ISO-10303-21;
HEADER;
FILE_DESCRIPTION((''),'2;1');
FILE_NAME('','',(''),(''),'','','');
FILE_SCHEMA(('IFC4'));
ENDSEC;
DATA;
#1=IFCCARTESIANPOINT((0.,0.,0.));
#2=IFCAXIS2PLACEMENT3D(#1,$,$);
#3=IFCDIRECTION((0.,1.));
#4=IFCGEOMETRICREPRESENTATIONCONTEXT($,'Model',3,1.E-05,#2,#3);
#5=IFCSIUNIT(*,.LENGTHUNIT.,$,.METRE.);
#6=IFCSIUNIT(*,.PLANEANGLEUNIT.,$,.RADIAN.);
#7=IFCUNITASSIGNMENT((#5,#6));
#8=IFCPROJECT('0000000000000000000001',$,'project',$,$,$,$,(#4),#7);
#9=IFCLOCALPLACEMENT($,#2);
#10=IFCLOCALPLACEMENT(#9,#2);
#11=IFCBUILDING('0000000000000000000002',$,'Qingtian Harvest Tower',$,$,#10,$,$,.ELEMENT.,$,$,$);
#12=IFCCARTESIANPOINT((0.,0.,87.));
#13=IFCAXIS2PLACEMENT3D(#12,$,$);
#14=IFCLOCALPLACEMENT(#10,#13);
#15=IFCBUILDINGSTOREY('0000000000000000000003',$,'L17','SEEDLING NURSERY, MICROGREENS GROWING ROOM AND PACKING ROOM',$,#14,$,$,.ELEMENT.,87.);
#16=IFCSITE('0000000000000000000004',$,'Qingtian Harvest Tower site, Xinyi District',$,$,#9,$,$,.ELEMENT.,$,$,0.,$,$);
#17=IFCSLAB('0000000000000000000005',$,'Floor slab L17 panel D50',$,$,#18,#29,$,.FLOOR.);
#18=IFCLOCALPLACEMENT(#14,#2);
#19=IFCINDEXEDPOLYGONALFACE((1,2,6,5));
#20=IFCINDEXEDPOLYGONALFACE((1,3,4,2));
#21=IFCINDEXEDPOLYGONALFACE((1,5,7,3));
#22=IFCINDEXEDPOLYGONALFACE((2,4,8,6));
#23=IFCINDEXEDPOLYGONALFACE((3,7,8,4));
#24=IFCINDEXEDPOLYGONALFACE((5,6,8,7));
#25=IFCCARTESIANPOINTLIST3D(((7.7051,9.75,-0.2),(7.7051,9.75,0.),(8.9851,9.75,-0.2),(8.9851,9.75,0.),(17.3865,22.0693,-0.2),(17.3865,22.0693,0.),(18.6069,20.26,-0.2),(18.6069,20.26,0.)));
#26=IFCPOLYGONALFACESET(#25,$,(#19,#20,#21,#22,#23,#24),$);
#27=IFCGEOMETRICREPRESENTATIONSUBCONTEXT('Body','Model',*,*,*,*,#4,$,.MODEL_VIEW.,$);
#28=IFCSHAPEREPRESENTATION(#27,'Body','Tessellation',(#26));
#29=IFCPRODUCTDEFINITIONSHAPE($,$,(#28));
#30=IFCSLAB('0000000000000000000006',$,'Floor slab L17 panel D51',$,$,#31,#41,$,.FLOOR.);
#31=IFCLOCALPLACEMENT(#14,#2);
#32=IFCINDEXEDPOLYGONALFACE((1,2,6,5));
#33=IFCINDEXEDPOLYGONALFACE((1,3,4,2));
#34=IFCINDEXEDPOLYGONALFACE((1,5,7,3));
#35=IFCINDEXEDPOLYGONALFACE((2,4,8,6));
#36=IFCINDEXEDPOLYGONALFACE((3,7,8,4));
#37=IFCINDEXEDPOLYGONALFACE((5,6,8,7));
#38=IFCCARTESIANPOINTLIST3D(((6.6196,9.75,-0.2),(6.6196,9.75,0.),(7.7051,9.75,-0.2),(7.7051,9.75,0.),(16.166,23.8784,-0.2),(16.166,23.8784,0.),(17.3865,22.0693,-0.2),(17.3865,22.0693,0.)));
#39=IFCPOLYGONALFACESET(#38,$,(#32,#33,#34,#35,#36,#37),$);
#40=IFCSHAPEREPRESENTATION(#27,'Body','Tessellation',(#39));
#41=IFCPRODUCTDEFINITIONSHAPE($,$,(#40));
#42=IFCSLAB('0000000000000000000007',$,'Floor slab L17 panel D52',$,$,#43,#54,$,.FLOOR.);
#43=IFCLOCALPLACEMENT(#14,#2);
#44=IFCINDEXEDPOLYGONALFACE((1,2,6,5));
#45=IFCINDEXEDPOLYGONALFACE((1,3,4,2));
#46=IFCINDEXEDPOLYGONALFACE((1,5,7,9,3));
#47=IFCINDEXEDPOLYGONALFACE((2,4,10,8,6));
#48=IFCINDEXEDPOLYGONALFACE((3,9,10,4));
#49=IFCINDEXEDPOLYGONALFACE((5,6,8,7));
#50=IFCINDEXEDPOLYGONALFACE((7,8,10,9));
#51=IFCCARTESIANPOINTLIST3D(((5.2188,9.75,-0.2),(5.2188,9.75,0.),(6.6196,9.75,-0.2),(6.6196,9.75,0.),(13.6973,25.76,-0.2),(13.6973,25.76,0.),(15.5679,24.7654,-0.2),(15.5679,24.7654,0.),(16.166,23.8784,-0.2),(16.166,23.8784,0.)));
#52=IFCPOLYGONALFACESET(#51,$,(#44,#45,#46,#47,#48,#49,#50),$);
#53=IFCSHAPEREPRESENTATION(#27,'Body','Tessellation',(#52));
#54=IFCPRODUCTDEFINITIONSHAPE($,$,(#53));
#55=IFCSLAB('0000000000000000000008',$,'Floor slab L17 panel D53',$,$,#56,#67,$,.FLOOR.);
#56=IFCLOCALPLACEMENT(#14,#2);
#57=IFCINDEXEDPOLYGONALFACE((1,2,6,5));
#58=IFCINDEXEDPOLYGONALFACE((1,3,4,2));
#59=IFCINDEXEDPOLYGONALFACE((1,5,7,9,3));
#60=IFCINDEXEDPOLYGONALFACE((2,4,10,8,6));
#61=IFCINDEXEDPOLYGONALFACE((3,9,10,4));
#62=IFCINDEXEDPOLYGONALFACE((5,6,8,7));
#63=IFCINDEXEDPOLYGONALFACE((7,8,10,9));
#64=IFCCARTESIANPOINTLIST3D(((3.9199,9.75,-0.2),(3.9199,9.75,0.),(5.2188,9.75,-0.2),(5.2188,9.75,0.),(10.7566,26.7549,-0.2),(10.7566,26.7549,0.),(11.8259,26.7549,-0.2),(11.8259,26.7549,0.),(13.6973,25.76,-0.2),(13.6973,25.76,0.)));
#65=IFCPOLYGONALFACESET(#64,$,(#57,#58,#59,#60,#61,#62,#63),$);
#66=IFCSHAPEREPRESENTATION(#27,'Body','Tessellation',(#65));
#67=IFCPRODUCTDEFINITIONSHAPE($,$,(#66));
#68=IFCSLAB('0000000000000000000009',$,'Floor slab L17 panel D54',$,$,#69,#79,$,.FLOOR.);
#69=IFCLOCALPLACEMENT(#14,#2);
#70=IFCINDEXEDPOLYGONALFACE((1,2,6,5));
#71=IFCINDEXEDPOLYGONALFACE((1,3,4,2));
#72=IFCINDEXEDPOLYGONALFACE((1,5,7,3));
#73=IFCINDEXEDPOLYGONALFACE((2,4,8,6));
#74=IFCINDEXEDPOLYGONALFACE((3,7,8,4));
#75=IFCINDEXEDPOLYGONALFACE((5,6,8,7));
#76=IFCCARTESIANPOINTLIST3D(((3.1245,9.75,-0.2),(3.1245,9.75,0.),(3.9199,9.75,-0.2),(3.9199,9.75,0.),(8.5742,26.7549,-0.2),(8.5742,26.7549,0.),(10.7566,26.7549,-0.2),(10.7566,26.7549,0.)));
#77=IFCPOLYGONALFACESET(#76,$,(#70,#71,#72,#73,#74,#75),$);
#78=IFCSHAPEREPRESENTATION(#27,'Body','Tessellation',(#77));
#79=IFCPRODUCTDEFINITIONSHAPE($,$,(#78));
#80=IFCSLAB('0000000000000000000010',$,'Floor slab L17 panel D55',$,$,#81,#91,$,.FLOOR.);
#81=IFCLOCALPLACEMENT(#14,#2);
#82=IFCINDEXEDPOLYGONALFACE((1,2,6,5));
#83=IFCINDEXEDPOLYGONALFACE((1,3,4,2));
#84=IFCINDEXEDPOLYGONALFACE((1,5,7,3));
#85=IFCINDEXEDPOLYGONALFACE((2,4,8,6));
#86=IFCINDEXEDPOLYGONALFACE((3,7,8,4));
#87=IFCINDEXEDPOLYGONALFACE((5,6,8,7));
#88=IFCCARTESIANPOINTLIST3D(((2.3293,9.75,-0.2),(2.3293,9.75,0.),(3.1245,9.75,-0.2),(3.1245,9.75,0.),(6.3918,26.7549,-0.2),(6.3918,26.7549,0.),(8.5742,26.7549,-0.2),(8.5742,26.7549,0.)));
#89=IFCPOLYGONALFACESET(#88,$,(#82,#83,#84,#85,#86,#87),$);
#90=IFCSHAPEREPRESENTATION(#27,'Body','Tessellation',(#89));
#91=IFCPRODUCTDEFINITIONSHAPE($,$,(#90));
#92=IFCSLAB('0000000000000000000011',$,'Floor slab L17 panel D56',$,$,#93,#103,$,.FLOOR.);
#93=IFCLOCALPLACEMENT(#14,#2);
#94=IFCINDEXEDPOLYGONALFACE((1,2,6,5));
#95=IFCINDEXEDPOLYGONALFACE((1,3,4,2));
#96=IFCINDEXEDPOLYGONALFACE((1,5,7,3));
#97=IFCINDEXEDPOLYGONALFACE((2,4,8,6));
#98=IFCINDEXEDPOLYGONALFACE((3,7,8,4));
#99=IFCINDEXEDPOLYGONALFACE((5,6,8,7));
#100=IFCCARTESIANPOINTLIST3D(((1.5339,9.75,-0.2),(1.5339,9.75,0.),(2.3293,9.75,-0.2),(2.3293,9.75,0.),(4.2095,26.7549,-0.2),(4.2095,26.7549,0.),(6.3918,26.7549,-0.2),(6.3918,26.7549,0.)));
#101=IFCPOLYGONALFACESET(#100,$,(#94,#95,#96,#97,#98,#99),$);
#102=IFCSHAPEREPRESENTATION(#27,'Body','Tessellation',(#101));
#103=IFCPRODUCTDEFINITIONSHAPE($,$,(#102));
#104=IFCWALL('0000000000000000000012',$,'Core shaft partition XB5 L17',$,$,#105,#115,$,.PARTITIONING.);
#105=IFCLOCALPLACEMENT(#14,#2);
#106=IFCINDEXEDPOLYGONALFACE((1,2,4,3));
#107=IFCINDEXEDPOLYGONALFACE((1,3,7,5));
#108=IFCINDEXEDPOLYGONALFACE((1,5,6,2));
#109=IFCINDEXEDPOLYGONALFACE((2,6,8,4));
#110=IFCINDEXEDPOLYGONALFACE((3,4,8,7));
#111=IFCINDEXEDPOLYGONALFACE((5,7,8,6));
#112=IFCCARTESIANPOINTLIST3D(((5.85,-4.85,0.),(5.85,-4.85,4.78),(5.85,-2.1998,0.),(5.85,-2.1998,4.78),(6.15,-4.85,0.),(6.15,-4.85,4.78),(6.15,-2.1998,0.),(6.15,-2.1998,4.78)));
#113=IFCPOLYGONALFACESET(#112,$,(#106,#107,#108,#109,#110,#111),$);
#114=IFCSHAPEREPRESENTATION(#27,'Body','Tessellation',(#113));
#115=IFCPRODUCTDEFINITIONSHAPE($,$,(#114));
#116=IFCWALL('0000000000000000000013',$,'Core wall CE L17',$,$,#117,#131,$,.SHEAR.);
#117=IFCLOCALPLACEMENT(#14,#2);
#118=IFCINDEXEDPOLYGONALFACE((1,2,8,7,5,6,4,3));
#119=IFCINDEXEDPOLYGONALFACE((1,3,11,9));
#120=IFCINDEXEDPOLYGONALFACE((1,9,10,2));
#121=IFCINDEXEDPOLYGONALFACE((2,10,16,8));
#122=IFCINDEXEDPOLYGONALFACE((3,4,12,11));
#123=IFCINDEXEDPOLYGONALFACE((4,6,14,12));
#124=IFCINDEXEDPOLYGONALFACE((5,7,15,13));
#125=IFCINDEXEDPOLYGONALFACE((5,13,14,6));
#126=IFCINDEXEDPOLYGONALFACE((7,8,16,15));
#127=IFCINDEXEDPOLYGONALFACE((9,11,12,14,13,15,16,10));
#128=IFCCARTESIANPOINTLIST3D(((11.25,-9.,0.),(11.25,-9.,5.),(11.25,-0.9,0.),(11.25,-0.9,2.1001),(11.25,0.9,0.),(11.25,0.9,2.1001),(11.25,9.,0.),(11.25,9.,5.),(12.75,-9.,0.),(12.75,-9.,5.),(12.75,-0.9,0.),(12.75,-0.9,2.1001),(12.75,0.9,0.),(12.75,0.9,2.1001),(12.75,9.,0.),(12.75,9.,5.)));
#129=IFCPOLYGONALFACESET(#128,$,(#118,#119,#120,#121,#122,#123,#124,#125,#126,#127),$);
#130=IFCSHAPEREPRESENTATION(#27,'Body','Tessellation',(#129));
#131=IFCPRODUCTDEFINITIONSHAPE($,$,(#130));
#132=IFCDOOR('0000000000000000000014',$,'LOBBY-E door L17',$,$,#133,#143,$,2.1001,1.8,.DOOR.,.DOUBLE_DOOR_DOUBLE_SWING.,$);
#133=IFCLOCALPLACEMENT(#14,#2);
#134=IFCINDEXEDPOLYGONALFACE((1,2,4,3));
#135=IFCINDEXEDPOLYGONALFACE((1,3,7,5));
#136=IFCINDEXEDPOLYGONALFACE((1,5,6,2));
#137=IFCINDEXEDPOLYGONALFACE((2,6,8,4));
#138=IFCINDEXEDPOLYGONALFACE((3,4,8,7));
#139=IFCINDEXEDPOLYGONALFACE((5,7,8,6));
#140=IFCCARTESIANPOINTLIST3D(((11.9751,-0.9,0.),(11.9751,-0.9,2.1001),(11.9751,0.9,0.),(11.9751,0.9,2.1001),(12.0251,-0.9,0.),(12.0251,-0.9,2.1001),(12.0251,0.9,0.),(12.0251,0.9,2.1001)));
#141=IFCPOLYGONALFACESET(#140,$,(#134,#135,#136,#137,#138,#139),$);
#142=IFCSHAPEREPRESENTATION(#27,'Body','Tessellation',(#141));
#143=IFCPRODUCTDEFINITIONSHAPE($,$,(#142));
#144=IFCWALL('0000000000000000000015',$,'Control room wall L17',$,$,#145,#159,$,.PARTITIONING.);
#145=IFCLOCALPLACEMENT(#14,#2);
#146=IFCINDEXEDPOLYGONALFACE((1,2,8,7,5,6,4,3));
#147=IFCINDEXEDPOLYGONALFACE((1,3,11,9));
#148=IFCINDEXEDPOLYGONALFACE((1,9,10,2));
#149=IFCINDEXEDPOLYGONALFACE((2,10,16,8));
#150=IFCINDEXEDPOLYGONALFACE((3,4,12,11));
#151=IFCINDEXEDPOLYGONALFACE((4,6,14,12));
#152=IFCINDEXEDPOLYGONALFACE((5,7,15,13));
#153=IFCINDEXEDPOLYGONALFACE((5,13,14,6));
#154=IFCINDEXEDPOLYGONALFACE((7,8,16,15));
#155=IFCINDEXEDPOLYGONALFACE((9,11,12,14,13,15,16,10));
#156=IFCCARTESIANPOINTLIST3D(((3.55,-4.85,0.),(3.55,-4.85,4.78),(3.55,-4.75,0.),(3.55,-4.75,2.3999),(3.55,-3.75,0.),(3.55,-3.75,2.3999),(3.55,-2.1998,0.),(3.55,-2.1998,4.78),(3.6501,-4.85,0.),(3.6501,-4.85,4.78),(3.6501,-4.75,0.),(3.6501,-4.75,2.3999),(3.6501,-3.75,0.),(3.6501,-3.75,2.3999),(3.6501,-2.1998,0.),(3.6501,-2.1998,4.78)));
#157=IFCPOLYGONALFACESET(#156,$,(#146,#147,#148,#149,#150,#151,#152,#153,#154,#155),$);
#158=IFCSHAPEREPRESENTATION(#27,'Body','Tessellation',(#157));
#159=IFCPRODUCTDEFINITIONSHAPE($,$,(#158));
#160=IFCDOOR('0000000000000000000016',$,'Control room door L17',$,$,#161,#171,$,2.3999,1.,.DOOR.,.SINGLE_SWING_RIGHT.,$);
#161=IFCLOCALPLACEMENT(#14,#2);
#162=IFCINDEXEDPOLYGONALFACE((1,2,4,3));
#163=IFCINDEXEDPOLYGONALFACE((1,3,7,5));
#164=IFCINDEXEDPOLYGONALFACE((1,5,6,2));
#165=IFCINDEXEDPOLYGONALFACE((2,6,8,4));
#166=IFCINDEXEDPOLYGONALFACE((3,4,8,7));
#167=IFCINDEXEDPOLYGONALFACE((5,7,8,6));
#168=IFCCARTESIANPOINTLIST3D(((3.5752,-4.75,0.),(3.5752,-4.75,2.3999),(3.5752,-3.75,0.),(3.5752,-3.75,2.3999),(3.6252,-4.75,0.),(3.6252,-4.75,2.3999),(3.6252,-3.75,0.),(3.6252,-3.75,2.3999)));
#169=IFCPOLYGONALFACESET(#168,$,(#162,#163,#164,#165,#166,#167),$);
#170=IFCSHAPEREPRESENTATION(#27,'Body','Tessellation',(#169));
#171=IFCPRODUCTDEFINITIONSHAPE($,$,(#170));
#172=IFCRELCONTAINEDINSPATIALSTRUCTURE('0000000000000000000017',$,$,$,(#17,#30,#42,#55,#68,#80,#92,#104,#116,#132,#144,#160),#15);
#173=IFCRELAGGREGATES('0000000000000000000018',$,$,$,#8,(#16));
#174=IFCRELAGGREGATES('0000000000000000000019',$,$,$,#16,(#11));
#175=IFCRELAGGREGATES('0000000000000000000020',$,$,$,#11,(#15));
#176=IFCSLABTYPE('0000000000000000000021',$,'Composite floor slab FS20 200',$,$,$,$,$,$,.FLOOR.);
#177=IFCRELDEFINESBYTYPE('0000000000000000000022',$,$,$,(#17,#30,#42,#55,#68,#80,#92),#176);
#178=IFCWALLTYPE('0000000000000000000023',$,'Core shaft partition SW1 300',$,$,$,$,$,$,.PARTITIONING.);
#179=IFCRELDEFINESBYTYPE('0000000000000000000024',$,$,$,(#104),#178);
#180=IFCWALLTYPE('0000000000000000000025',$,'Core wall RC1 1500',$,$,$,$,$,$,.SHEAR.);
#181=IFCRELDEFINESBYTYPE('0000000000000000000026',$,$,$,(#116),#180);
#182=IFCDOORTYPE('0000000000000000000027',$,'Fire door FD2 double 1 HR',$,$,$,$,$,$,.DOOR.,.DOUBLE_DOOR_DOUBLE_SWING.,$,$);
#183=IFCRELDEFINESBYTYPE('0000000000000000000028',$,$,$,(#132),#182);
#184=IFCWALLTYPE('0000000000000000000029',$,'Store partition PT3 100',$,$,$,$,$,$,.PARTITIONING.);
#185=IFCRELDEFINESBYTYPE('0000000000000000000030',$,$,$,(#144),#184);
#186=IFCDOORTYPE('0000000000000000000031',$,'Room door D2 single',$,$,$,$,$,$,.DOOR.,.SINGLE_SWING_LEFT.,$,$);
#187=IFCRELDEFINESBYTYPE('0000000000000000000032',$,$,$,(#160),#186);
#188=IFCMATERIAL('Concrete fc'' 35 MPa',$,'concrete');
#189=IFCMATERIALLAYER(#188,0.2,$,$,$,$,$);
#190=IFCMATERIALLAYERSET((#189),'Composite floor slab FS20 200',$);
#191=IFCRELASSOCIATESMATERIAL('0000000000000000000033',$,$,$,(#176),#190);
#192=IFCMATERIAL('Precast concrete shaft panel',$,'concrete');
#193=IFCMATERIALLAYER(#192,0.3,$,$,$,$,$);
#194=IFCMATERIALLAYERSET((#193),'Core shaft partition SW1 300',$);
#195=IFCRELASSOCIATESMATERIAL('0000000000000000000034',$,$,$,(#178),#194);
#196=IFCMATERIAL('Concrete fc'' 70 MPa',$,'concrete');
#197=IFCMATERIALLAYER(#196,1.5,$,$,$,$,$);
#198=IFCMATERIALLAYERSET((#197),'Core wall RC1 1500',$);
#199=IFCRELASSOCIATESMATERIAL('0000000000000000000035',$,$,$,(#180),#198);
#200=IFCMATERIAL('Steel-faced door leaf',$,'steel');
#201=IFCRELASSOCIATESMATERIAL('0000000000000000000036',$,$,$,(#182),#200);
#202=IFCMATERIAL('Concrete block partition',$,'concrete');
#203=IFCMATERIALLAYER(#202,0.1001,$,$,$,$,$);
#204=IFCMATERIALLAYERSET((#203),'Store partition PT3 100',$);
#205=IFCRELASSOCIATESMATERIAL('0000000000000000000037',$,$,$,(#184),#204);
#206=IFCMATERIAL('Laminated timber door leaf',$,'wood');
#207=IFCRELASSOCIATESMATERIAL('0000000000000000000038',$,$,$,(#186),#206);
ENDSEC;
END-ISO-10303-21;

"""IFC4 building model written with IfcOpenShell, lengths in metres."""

from ifc_helpers import new_model, si_unit, direction, frame, frame_2d, origin, place, context, subcontext, project, spatial, polyline, rectangle, outline, extrude, material, layer, layer_set, type_object, element, fill, save


model = new_model("IFC4")

# Units and contexts
model_context = context("Model", 3, precision=1e-05, world=origin(), true_north=direction((0.0, 1.0)))
body_context = subcontext(model_context, "Body", "Model", "MODEL_VIEW")
ifc_project = project(units=[si_unit("LENGTHUNIT", "METRE"), si_unit("PLANEANGLEUNIT", "RADIAN")], contexts=[model_context])

# Site, building, storey
site_placement = place(None, origin())
site = spatial("IfcSite", under=ifc_project, at=site_placement, Name="Qingtian Harvest Tower site, Xinyi District", CompositionType="ELEMENT", RefElevation=0.0)
building_placement = place(site_placement, origin())
building = spatial("IfcBuilding", under=site, at=building_placement, Name="Qingtian Harvest Tower", CompositionType="ELEMENT")
storey_placement = place(building_placement, frame((0.0, 0.0, 87.0)))
storey = spatial("IfcBuildingStorey", under=building, at=storey_placement, Name="L17", Description="SEEDLING NURSERY, MICROGREENS GROWING ROOM AND PACKING ROOM", CompositionType="ELEMENT", Elevation=87.0)

# Slabs
ifc_material_1 = material(Name="Concrete fc' 35 MPa", Category="concrete")
ifc_layer_1 = layer(ifc_material_1, 0.2)
ifc_layer_set_1 = layer_set([ifc_layer_1], Name="Composite floor slab FS20 200")
slab_type = type_object("IfcSlabType", Name="Composite floor slab FS20 200", PredefinedType="FLOOR", material=ifc_layer_set_1)
slab_1_placement = place(storey_placement, frame((0.0, 0.0, -0.2)))
element("IfcSlab", 1, at=slab_1_placement, inside=storey, type_object=slab_type, Name="Floor slab L17 panel D50", PredefinedType="FLOOR", context=body_context, shape_type="SweptSolid", body=[
    extrude(outline(polyline([(7.7051, 9.75), (17.3865, 22.0693), (18.6069, 20.26), (8.9851, 9.75), (7.7051, 9.75)])), origin(), (0.0, 0.0, 1.0), 0.2),
])
slab_2_placement = place(storey_placement, frame((0.0, 0.0, -0.2)))
element("IfcSlab", 2, at=slab_2_placement, inside=storey, type_object=slab_type, Name="Floor slab L17 panel D51", PredefinedType="FLOOR", context=body_context, shape_type="SweptSolid", body=[
    extrude(outline(polyline([(6.6196, 9.75), (16.166, 23.8784), (17.3865, 22.0693), (7.7051, 9.75), (6.6196, 9.75)])), origin(), (0.0, 0.0, 1.0), 0.2),
])
slab_3_placement = place(storey_placement, frame((0.0, 0.0, -0.2)))
element("IfcSlab", 3, at=slab_3_placement, inside=storey, type_object=slab_type, Name="Floor slab L17 panel D52", PredefinedType="FLOOR", context=body_context, shape_type="SweptSolid", body=[
    extrude(outline(polyline([(6.6196, 9.75), (5.2188, 9.75), (13.6973, 25.76), (15.5679, 24.7654), (16.166, 23.8784), (6.6196, 9.75)])), origin(), (0.0, 0.0, 1.0), 0.2),
])
slab_4_placement = place(storey_placement, frame((0.0, 0.0, -0.2)))
element("IfcSlab", 4, at=slab_4_placement, inside=storey, type_object=slab_type, Name="Floor slab L17 panel D53", PredefinedType="FLOOR", context=body_context, shape_type="SweptSolid", body=[
    extrude(outline(polyline([(3.9199, 9.75), (10.7566, 26.7549), (11.8259, 26.7549), (13.6973, 25.76), (5.2188, 9.75), (3.9199, 9.75)])), origin(), (0.0, 0.0, 1.0), 0.2),
])
slab_5_placement = place(storey_placement, frame((0.0, 0.0, -0.2)))
element("IfcSlab", 5, at=slab_5_placement, inside=storey, type_object=slab_type, Name="Floor slab L17 panel D54", PredefinedType="FLOOR", context=body_context, shape_type="SweptSolid", body=[
    extrude(outline(polyline([(3.1245, 9.75), (8.5742, 26.7549), (10.7566, 26.7549), (3.9199, 9.75), (3.1245, 9.75)])), origin(), (0.0, 0.0, 1.0), 0.2),
])
slab_6_placement = place(storey_placement, frame((0.0, 0.0, -0.2)))
element("IfcSlab", 6, at=slab_6_placement, inside=storey, type_object=slab_type, Name="Floor slab L17 panel D55", PredefinedType="FLOOR", context=body_context, shape_type="SweptSolid", body=[
    extrude(outline(polyline([(2.3293, 9.75), (6.3918, 26.7549), (8.5742, 26.7549), (3.1245, 9.75), (2.3293, 9.75)])), origin(), (0.0, 0.0, 1.0), 0.2),
])
slab_7_placement = place(storey_placement, frame((0.0, 0.0, -0.2)))
element("IfcSlab", 7, at=slab_7_placement, inside=storey, type_object=slab_type, Name="Floor slab L17 panel D56", PredefinedType="FLOOR", context=body_context, shape_type="SweptSolid", body=[
    extrude(outline(polyline([(1.5339, 9.75), (4.2095, 26.7549), (6.3918, 26.7549), (2.3293, 9.75), (1.5339, 9.75)])), origin(), (0.0, 0.0, 1.0), 0.2),
])

# Wall
ifc_material_2 = material(Name="Precast concrete shaft panel", Category="concrete")
ifc_layer_2 = layer(ifc_material_2, 0.3)
ifc_layer_set_2 = layer_set([ifc_layer_2], Name="Core shaft partition SW1 300")
wall_type_1 = type_object("IfcWallType", Name="Core shaft partition SW1 300", PredefinedType="PARTITIONING", material=ifc_layer_set_2)
wall_1_placement = place(storey_placement, frame((6.0, -4.8501, 0.0), z_axis=(0.0, 0.0, 1.0), x_axis=(0.0, 1.0, 0.0)))
element("IfcWall", 8, at=wall_1_placement, inside=storey, type_object=wall_type_1, Name="Core shaft partition XB5 L17", PredefinedType="PARTITIONING", context=body_context, shape_type="SweptSolid", body=[
    extrude(rectangle(XDim=2.6501, YDim=0.3, at=frame_2d((1.3252, 0.0))), origin(), (0.0, 0.0, 1.0), 4.78),
])

# Walls, openings, doors
ifc_material_3 = material(Name="Concrete fc' 70 MPa", Category="concrete")
ifc_layer_3 = layer(ifc_material_3, 1.5)
ifc_layer_set_3 = layer_set([ifc_layer_3], Name="Core wall RC1 1500")
wall_type_2 = type_object("IfcWallType", Name="Core wall RC1 1500", PredefinedType="SHEAR", material=ifc_layer_set_3)
wall_2_placement = place(storey_placement, frame((12.0, -9.0, 0.0), z_axis=(0.0, 0.0, 1.0), x_axis=(0.0, 1.0, 0.0)))
wall_2 = element("IfcWall", 9, at=wall_2_placement, inside=storey, type_object=wall_type_2, Name="Core wall CE L17", PredefinedType="SHEAR", context=body_context, shape_type="SweptSolid", body=[
    extrude(rectangle(XDim=18.0, YDim=1.5, at=frame_2d((9.0, 0.0))), origin(), (0.0, 0.0, 1.0), 5.0),
])
opening_1_placement = place(wall_2_placement, frame((8.1001, 0.0, 0.0)))
opening_1 = element("IfcOpeningElement", 10, at=opening_1_placement, cuts=wall_2, PredefinedType="OPENING", context=body_context, shape_type="SweptSolid", body=[
    extrude(rectangle(XDim=1.8, YDim=2.1001, at=frame_2d((0.8999, 1.05))), frame((0.0, 0.76, 0.0), z_axis=(0.0, -1.0, 0.0), x_axis=(1.0, 0.0, 0.0)), (0.0, 0.0, 1.0), 1.52),
])
ifc_material_4 = material(Name="Steel-faced door leaf", Category="steel")
door_type_1 = type_object("IfcDoorType", Name="Fire door FD2 double 1 HR", OperationType="DOUBLE_DOOR_DOUBLE_SWING", PredefinedType="DOOR", material=ifc_material_4)
door_1_placement = place(opening_1_placement, origin())
door_1 = element("IfcDoor", 11, at=door_1_placement, inside=storey, type_object=door_type_1, Name="LOBBY-E door L17", OperationType="DOUBLE_DOOR_DOUBLE_SWING", OverallHeight=2.1001, OverallWidth=1.8, PredefinedType="DOOR", context=body_context, shape_type="SweptSolid", body=[
    extrude(rectangle(XDim=1.8, YDim=2.1001, at=frame_2d((0.8999, 1.05))), frame((0.0, 0.0249, 0.0), z_axis=(0.0, -1.0, 0.0), x_axis=(1.0, 0.0, 0.0)), (0.0, 0.0, 1.0), 0.05),
])
fill(opening_1, door_1)
ifc_material_5 = material(Name="Concrete block partition", Category="concrete")
ifc_layer_4 = layer(ifc_material_5, 0.1001)
ifc_layer_set_4 = layer_set([ifc_layer_4], Name="Store partition PT3 100")
wall_type_3 = type_object("IfcWallType", Name="Store partition PT3 100", PredefinedType="PARTITIONING", material=ifc_layer_set_4)
wall_3_placement = place(storey_placement, frame((3.6001, -4.8501, 0.0), z_axis=(0.0, 0.0, 1.0), x_axis=(0.0, 1.0, 0.0)))
wall_3 = element("IfcWall", 12, at=wall_3_placement, inside=storey, type_object=wall_type_3, Name="Control room wall L17", PredefinedType="PARTITIONING", context=body_context, shape_type="SweptSolid", body=[
    extrude(rectangle(XDim=2.6501, YDim=0.1001, at=frame_2d((1.3252, 0.0))), origin(), (0.0, 0.0, 1.0), 4.78),
])
opening_2_placement = place(wall_3_placement, frame((0.1001, 0.0, 0.0)))
opening_2 = element("IfcOpeningElement", 13, at=opening_2_placement, cuts=wall_3, PredefinedType="OPENING", context=body_context, shape_type="SweptSolid", body=[
    extrude(rectangle(XDim=1.0, YDim=2.3999, at=frame_2d((0.5, 1.2))), frame((0.0, 0.0601, 0.0), z_axis=(0.0, -1.0, 0.0), x_axis=(1.0, 0.0, 0.0)), (0.0, 0.0, 1.0), 0.1201),
])
ifc_material_6 = material(Name="Laminated timber door leaf", Category="wood")
door_type_2 = type_object("IfcDoorType", Name="Room door D2 single", OperationType="SINGLE_SWING_LEFT", PredefinedType="DOOR", material=ifc_material_6)
door_2_placement = place(opening_2_placement, origin())
door_2 = element("IfcDoor", 14, at=door_2_placement, inside=storey, type_object=door_type_2, Name="Control room door L17", OperationType="SINGLE_SWING_RIGHT", OverallHeight=2.3999, OverallWidth=1.0, PredefinedType="DOOR", context=body_context, shape_type="SweptSolid", body=[
    extrude(rectangle(XDim=1.0, YDim=2.3999, at=frame_2d((0.5, 1.2))), frame((0.0, 0.0249, 0.0), z_axis=(0.0, -1.0, 0.0), x_axis=(1.0, 0.0, 0.0)), (0.0, 0.0, 1.0), 0.05),
])
fill(opening_2, door_2)

save(model, "model.ifc")
